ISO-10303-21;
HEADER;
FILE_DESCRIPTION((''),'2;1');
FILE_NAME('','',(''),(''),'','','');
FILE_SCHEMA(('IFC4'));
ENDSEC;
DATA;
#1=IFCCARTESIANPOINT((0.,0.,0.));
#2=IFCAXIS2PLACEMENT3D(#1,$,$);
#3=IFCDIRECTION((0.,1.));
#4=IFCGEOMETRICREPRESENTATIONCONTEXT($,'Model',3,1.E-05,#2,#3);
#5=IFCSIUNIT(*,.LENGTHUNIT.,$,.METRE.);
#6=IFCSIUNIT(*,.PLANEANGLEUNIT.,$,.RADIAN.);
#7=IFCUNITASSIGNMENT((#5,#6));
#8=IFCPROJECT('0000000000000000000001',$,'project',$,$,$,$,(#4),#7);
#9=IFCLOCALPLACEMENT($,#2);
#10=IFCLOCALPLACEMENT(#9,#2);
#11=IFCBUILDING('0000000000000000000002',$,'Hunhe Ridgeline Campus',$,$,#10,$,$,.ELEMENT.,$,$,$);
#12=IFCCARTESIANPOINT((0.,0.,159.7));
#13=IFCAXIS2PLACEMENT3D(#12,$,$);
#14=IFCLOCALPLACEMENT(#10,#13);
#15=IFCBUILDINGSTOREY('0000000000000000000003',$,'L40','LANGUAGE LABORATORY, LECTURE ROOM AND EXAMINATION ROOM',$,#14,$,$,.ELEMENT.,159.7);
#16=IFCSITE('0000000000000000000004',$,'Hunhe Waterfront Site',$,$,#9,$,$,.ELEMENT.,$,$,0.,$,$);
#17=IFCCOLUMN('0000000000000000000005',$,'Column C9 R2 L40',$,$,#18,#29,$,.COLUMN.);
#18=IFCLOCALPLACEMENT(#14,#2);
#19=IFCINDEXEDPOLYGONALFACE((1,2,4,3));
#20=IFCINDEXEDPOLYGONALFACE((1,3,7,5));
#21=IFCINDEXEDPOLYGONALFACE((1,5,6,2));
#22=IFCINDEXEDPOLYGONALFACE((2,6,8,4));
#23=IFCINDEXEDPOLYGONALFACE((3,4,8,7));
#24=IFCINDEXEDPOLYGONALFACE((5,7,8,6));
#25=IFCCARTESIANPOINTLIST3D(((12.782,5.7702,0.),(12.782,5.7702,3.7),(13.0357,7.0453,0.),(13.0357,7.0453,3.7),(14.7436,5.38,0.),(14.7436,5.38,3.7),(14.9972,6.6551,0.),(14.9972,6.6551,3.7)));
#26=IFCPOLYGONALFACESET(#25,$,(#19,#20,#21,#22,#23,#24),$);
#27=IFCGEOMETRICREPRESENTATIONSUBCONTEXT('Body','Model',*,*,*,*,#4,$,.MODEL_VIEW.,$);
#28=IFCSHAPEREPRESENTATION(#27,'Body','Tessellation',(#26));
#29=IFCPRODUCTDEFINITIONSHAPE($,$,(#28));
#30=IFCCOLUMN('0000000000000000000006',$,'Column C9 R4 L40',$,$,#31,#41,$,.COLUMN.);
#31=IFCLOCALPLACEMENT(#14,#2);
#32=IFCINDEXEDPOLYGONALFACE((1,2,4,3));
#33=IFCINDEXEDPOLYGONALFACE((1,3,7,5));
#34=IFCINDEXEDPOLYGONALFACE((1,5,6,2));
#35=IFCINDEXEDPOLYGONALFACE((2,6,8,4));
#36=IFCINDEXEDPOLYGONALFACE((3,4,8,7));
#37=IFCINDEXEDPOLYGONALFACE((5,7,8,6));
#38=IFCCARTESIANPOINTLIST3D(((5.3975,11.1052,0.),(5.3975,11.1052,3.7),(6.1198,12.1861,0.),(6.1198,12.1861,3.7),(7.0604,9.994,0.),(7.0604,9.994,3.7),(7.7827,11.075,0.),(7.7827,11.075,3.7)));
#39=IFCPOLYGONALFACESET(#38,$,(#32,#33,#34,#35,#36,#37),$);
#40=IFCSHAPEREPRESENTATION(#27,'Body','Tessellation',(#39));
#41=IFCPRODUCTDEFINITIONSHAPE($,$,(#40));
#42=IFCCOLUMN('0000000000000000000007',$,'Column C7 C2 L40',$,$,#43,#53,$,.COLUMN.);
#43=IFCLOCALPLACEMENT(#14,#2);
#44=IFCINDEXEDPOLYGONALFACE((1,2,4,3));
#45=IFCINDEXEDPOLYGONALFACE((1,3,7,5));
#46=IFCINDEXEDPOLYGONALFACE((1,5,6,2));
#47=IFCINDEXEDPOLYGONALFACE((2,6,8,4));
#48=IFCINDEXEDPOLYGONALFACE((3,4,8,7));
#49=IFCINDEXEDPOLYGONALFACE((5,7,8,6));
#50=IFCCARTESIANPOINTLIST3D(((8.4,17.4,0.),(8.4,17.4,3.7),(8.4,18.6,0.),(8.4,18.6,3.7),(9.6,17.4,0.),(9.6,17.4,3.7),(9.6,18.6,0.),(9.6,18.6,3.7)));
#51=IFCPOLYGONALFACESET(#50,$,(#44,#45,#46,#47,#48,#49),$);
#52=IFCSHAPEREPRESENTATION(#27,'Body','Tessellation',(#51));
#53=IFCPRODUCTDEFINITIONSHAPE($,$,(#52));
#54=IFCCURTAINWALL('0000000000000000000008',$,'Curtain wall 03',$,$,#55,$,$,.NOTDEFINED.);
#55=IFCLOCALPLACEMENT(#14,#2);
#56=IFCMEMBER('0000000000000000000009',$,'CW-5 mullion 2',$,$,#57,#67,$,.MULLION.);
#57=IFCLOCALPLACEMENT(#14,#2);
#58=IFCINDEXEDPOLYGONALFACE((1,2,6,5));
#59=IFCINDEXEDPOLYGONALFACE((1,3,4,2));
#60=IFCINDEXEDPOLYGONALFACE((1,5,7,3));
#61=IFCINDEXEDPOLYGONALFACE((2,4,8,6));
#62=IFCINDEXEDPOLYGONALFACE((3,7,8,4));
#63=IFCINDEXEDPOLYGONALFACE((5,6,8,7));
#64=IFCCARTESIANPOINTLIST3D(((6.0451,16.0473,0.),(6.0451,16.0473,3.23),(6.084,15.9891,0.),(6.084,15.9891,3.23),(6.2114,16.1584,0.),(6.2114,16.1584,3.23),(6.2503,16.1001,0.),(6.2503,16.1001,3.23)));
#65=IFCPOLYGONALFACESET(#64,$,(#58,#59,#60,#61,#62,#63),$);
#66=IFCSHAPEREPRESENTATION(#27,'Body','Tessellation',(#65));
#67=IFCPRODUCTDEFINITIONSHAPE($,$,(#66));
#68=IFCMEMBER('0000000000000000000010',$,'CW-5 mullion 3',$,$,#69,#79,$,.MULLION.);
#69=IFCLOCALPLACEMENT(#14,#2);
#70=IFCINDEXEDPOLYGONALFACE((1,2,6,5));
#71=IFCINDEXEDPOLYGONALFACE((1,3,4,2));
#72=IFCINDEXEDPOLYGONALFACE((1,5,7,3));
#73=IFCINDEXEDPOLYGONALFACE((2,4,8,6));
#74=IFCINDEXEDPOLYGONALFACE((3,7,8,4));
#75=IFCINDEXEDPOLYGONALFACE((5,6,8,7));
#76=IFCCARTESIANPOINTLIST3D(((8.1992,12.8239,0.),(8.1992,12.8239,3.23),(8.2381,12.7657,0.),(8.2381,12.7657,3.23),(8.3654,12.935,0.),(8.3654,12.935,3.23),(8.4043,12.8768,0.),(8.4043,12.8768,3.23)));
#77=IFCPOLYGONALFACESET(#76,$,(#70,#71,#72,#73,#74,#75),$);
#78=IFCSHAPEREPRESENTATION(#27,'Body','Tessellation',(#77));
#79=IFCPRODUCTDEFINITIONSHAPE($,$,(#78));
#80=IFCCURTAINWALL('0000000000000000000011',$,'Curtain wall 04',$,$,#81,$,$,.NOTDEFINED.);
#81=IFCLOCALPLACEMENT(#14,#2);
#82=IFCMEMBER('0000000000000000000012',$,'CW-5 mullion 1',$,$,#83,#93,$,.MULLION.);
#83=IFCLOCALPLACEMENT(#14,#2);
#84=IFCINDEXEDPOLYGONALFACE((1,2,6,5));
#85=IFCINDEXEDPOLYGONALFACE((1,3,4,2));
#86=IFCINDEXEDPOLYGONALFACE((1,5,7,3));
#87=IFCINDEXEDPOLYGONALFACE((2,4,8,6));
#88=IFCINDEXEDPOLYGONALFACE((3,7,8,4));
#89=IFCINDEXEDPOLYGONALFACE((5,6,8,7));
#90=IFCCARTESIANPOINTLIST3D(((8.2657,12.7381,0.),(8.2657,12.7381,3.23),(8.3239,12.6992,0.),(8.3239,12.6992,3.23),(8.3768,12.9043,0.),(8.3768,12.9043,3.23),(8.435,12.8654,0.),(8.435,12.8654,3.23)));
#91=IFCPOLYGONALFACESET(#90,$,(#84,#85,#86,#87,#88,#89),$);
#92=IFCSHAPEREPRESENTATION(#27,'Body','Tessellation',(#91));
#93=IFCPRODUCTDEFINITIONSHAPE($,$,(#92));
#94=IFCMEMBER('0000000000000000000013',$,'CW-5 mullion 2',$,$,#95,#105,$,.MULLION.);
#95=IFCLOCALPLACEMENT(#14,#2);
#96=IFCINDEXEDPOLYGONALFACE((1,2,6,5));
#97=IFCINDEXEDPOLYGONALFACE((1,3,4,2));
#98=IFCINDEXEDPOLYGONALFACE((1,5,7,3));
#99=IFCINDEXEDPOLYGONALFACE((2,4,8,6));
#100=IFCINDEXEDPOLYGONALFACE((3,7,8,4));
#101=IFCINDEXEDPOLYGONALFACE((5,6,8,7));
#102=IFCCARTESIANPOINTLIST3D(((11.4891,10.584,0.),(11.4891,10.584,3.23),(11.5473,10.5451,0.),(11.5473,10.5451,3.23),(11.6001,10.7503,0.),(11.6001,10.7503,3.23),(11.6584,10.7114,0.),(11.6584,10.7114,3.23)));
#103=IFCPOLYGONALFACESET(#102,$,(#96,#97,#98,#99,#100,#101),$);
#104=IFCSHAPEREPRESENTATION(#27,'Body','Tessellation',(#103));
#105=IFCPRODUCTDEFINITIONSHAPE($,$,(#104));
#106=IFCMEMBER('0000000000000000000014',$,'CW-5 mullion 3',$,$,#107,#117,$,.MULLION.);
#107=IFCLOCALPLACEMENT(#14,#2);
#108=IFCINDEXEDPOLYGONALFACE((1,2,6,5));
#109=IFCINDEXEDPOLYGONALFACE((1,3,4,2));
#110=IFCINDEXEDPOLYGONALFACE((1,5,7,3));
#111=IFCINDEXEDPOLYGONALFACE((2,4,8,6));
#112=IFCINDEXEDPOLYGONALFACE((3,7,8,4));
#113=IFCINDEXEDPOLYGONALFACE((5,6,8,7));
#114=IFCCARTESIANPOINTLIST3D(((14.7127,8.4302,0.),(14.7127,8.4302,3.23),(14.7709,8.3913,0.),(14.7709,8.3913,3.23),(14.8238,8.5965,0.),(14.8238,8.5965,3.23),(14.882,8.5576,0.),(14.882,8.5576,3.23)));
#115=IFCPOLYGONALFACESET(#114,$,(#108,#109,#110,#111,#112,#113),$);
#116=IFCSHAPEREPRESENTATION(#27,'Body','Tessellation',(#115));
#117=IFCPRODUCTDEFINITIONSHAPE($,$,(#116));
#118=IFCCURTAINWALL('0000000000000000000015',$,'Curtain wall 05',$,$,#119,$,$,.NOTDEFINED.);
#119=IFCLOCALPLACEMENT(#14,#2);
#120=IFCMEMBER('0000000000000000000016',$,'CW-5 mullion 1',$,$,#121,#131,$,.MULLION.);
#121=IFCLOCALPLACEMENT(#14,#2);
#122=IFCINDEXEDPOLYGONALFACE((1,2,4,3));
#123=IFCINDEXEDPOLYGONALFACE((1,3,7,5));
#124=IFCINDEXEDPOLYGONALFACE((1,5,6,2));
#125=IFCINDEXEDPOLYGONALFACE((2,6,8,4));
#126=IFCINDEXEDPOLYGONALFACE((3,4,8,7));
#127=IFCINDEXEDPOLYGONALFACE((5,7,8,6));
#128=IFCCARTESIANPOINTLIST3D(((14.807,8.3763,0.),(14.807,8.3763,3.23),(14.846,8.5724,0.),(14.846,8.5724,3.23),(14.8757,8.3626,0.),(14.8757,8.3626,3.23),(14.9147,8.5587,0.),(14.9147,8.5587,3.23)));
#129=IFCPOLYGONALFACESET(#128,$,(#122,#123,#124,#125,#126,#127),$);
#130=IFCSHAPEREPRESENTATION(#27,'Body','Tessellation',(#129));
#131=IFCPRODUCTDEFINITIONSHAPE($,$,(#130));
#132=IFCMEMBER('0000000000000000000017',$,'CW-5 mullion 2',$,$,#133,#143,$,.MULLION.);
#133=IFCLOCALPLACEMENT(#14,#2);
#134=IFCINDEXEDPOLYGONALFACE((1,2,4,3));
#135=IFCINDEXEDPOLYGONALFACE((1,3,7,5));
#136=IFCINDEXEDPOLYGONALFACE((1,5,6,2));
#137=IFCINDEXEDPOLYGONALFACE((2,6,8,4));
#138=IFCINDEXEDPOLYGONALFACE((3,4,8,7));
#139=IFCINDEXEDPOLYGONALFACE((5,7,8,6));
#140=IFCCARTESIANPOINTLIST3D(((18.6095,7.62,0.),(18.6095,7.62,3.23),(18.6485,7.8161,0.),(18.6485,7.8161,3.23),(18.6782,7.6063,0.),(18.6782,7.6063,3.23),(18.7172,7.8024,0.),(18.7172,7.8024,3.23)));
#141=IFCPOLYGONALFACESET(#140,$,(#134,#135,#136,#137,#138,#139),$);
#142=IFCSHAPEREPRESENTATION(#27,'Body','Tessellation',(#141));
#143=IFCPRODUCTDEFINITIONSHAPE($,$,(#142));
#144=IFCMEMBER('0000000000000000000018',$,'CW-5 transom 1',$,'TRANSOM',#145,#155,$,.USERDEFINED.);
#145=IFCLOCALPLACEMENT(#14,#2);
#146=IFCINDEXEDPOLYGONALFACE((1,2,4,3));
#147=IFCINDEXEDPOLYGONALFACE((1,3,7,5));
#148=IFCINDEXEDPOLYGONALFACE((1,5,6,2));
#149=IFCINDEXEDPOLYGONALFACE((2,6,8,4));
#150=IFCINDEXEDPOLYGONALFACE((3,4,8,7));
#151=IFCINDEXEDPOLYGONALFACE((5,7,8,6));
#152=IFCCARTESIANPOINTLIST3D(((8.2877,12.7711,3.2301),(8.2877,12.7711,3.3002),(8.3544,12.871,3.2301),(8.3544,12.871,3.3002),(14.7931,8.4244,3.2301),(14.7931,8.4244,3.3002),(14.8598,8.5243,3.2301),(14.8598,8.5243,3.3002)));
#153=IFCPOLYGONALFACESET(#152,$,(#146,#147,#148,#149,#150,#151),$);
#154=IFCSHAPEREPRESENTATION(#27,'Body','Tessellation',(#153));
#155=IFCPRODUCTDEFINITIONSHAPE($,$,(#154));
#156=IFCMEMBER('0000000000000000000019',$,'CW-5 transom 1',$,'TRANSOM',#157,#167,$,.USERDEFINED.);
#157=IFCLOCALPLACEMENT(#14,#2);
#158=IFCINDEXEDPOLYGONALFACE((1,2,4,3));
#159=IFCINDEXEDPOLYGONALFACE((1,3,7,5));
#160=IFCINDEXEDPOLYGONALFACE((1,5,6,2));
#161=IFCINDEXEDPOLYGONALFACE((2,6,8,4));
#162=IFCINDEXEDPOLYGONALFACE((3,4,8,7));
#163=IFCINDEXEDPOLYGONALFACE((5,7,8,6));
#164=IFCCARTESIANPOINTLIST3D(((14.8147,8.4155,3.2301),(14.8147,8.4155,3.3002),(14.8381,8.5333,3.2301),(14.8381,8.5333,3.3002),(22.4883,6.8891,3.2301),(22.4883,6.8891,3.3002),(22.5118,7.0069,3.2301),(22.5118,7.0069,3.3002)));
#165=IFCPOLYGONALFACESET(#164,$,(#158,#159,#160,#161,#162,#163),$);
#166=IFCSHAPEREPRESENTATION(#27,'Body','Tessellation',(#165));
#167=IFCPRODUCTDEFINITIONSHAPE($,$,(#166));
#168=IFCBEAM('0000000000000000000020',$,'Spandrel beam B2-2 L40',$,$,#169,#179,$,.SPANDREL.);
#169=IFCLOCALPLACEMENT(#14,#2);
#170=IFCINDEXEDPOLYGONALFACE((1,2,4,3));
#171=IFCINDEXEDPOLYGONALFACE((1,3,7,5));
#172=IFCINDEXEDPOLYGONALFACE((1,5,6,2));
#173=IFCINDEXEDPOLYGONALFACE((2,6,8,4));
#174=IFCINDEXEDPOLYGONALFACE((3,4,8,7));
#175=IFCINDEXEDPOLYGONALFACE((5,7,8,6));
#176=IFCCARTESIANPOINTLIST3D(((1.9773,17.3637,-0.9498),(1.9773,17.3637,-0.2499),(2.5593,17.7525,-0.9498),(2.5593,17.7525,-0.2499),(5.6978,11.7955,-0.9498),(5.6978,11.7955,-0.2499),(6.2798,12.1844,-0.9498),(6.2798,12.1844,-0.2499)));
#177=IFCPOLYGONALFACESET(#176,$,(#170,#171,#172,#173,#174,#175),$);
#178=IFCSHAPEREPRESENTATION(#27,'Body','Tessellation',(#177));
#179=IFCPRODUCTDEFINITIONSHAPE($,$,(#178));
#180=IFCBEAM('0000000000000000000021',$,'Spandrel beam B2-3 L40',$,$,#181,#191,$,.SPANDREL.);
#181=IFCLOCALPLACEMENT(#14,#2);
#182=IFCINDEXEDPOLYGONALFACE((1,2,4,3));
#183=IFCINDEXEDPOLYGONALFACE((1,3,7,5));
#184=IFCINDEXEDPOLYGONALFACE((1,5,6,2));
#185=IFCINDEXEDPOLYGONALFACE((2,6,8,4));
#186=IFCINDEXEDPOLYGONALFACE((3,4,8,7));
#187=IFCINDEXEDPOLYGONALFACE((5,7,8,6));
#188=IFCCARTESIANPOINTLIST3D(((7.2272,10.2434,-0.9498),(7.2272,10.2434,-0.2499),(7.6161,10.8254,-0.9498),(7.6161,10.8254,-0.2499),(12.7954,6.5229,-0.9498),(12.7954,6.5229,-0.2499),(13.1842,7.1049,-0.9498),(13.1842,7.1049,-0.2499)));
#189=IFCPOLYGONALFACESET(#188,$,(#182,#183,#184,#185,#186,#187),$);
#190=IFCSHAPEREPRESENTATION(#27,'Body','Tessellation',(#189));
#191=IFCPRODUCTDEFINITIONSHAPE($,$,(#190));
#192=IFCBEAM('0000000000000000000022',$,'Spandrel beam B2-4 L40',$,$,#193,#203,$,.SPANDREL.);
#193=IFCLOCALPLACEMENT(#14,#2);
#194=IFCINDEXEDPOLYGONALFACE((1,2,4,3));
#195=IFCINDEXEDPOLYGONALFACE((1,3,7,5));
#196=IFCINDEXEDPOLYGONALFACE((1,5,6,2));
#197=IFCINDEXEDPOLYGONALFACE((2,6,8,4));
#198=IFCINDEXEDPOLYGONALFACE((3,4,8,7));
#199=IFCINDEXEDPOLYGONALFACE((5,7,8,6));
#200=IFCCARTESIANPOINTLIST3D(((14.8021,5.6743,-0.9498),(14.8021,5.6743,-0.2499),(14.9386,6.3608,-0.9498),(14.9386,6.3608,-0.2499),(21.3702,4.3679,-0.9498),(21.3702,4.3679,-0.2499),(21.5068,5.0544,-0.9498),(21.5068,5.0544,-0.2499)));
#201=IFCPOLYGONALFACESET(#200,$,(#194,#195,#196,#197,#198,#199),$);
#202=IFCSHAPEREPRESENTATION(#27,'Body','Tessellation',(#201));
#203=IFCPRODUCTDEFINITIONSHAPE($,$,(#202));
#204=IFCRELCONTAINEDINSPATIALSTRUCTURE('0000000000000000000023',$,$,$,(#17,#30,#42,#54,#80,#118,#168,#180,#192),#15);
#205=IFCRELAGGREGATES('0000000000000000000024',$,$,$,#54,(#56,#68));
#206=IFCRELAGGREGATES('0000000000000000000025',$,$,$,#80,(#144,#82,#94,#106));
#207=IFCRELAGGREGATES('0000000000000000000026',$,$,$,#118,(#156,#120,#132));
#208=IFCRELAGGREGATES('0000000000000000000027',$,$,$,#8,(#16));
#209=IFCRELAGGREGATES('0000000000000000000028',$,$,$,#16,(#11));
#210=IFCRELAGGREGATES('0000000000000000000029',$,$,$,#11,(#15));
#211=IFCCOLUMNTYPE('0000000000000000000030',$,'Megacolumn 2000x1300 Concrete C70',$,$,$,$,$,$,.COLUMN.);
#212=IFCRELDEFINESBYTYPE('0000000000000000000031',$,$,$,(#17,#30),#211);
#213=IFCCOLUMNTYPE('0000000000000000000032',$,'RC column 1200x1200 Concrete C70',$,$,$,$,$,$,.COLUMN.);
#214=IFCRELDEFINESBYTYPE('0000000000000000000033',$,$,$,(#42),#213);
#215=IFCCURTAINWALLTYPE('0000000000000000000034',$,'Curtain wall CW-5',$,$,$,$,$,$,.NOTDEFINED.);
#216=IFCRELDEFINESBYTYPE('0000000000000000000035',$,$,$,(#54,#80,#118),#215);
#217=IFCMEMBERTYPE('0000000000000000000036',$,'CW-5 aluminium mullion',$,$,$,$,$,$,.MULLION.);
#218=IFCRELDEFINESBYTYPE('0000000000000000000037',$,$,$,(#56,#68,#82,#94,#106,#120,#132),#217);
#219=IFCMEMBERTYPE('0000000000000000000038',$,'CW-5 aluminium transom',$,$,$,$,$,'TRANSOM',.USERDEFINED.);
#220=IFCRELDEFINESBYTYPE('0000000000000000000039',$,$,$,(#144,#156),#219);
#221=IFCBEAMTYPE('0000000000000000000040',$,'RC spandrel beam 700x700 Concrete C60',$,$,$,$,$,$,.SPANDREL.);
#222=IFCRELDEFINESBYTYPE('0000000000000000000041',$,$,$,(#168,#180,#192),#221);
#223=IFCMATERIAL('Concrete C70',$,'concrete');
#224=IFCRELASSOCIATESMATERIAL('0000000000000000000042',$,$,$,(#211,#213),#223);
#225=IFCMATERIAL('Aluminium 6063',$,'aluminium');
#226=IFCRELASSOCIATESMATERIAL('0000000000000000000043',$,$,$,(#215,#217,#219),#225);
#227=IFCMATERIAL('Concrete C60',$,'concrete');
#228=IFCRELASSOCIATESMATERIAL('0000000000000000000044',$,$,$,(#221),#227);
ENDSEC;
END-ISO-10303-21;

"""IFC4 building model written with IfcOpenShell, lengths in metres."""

from ifc_helpers import new_model, si_unit, direction, frame, origin, origin_2d, place, context, subcontext, project, spatial, rectangle, extrude, material, material_profile, profile_set, type_object, element, aggregate, save


model = new_model("IFC4")

# Units and contexts
model_context = context("Model", 3, precision=1e-05, world=origin(), true_north=direction((0.0, 1.0)))
body_context = subcontext(model_context, "Body", "Model", "MODEL_VIEW")
ifc_project = project(units=[si_unit("LENGTHUNIT", "METRE"), si_unit("PLANEANGLEUNIT", "RADIAN")], contexts=[model_context])

# Site, building, storey
site_placement = place(None, origin())
site = spatial("IfcSite", under=ifc_project, at=site_placement, Name="Hunhe Waterfront Site", CompositionType="ELEMENT", RefElevation=0.0)
building_placement = place(site_placement, origin())
building = spatial("IfcBuilding", under=site, at=building_placement, Name="Hunhe Ridgeline Campus", CompositionType="ELEMENT")
storey_placement = place(building_placement, frame((0.0, 0.0, 159.7)))
storey = spatial("IfcBuildingStorey", under=building, at=storey_placement, Name="L40", Description="LANGUAGE LABORATORY, LECTURE ROOM AND EXAMINATION ROOM", CompositionType="ELEMENT", Elevation=159.7)

# Columns
ifc_material_1 = material(Name="Concrete C70", Category="concrete")
ifc_material_profile_1 = material_profile(ifc_material_1, rectangle(XDim=2.0, YDim=1.3, at=origin_2d()))
ifc_profile_set_1 = profile_set([ifc_material_profile_1], Name="Concrete C70")
column_type_1 = type_object("IfcColumnType", Name="Megacolumn 2000x1300 Concrete C70", PredefinedType="COLUMN", material=ifc_profile_set_1)
for number, where, z_axis, x_axis, name in (
    (1, (13.8896, 6.2126, 0.0), (0.0, 0.0, 1.0), (-0.980785, 0.19509, 0.0), "Column C9 R2 L40"),
    (2, (6.5901, 11.0901, 0.0), (0.0, 0.0, 1.0), (-0.83147, 0.55557, 0.0), "Column C9 R4 L40"),
):
    element("IfcColumn", number, at=place(storey_placement, frame(where, z_axis=z_axis, x_axis=x_axis)), inside=storey, type_object=column_type_1, Name=name, PredefinedType="COLUMN", context=body_context, shape_type="SweptSolid", body=[
        extrude(rectangle(XDim=2.0, YDim=1.3, at=origin_2d()), origin(), (0.0, 0.0, 1.0), 3.7),
    ])
ifc_material_profile_2 = material_profile(ifc_material_1, rectangle(XDim=1.2, YDim=1.2, at=origin_2d()))
ifc_profile_set_2 = profile_set([ifc_material_profile_2], Name="Concrete C70")
column_type_2 = type_object("IfcColumnType", Name="RC column 1200x1200 Concrete C70", PredefinedType="COLUMN", material=ifc_profile_set_2)
column_placement = place(storey_placement, frame((9.0, 18.0, 0.0), z_axis=(0.0, 0.0, 1.0), x_axis=(1.0, 0.0, 0.0)))
element("IfcColumn", 3, at=column_placement, inside=storey, type_object=column_type_2, Name="Column C7 C2 L40", PredefinedType="COLUMN", context=body_context, shape_type="SweptSolid", body=[
    extrude(rectangle(XDim=1.2, YDim=1.2, at=origin_2d()), origin(), (0.0, 0.0, 1.0), 3.7),
])

# Curtain walls, members
ifc_material_2 = material(Name="Aluminium 6063", Category="aluminium")
curtain_wall_type = type_object("IfcCurtainWallType", Name="Curtain wall CW-5", PredefinedType="NOTDEFINED", material=ifc_material_2)
curtain_wall_1_placement = place(storey_placement, origin())
curtain_wall_1 = element("IfcCurtainWall", 4, at=curtain_wall_1_placement, inside=storey, type_object=curtain_wall_type, Name="Curtain wall 03", PredefinedType="NOTDEFINED")
ifc_material_profile_3 = material_profile(ifc_material_2, rectangle(XDim=0.2, YDim=0.0701, at=origin_2d()))
ifc_profile_set_3 = profile_set([ifc_material_profile_3], Name="Aluminium 6063")
member_type_1 = type_object("IfcMemberType", Name="CW-5 aluminium mullion", PredefinedType="MULLION", material=ifc_profile_set_3)
member_1_placement = place(storey_placement, frame((6.1477, 16.0737, 0.0), z_axis=(0.0, 0.0, 1.0), x_axis=(0.83147, 0.55557, 0.0)))
member_1 = element("IfcMember", 5, at=member_1_placement, type_object=member_type_1, Name="CW-5 mullion 2", PredefinedType="MULLION", context=body_context, shape_type="SweptSolid", body=[
    extrude(rectangle(XDim=0.2, YDim=0.0701, at=origin_2d()), origin(), (0.0, 0.0, 1.0), 3.23),
])
member_2_placement = place(storey_placement, frame((8.3018, 12.8503, 0.0), z_axis=(0.0, 0.0, 1.0), x_axis=(0.83147, 0.55557, 0.0)))
member_2 = element("IfcMember", 6, at=member_2_placement, type_object=member_type_1, Name="CW-5 mullion 3", PredefinedType="MULLION", context=body_context, shape_type="SweptSolid", body=[
    extrude(rectangle(XDim=0.2, YDim=0.0701, at=origin_2d()), origin(), (0.0, 0.0, 1.0), 3.23),
])
curtain_wall_2_placement = place(storey_placement, origin())
curtain_wall_2 = element("IfcCurtainWall", 7, at=curtain_wall_2_placement, inside=storey, type_object=curtain_wall_type, Name="Curtain wall 04", PredefinedType="NOTDEFINED")
member_3_placement = place(storey_placement, frame((8.3503, 12.8018, 0.0), z_axis=(0.0, 0.0, 1.0), x_axis=(0.55557, 0.83147, 0.0)))
member_3 = element("IfcMember", 8, at=member_3_placement, type_object=member_type_1, Name="CW-5 mullion 1", PredefinedType="MULLION", context=body_context, shape_type="SweptSolid", body=[
    extrude(rectangle(XDim=0.2, YDim=0.0701, at=origin_2d()), origin(), (0.0, 0.0, 1.0), 3.23),
])
member_4_placement = place(storey_placement, frame((11.5737, 10.6477, 0.0), z_axis=(0.0, 0.0, 1.0), x_axis=(0.55557, 0.83147, 0.0)))
member_4 = element("IfcMember", 9, at=member_4_placement, type_object=member_type_1, Name="CW-5 mullion 2", PredefinedType="MULLION", context=body_context, shape_type="SweptSolid", body=[
    extrude(rectangle(XDim=0.2, YDim=0.0701, at=origin_2d()), origin(), (0.0, 0.0, 1.0), 3.23),
])
member_5_placement = place(storey_placement, frame((14.7974, 8.4939, 0.0), z_axis=(0.0, 0.0, 1.0), x_axis=(0.55557, 0.83147, 0.0)))
member_5 = element("IfcMember", 10, at=member_5_placement, type_object=member_type_1, Name="CW-5 mullion 3", PredefinedType="MULLION", context=body_context, shape_type="SweptSolid", body=[
    extrude(rectangle(XDim=0.2, YDim=0.0701, at=origin_2d()), origin(), (0.0, 0.0, 1.0), 3.23),
])
curtain_wall_3_placement = place(storey_placement, origin())
curtain_wall_3 = element("IfcCurtainWall", 11, at=curtain_wall_3_placement, inside=storey, type_object=curtain_wall_type, Name="Curtain wall 05", PredefinedType="NOTDEFINED")
member_6_placement = place(storey_placement, frame((14.8608, 8.4675, 0.0), z_axis=(0.0, 0.0, 1.0), x_axis=(0.19509, 0.980785, 0.0)))
member_6 = element("IfcMember", 12, at=member_6_placement, type_object=member_type_1, Name="CW-5 mullion 1", PredefinedType="MULLION", context=body_context, shape_type="SweptSolid", body=[
    extrude(rectangle(XDim=0.2, YDim=0.0701, at=origin_2d()), origin(), (0.0, 0.0, 1.0), 3.23),
])
member_7_placement = place(storey_placement, frame((18.6633, 7.7112, 0.0), z_axis=(0.0, 0.0, 1.0), x_axis=(0.19509, 0.980785, 0.0)))
member_7 = element("IfcMember", 13, at=member_7_placement, type_object=member_type_1, Name="CW-5 mullion 2", PredefinedType="MULLION", context=body_context, shape_type="SweptSolid", body=[
    extrude(rectangle(XDim=0.2, YDim=0.0701, at=origin_2d()), origin(), (0.0, 0.0, 1.0), 3.23),
])

# Members
ifc_material_profile_4 = material_profile(ifc_material_2, rectangle(XDim=0.1201, YDim=0.0701, at=origin_2d()))
ifc_profile_set_4 = profile_set([ifc_material_profile_4], Name="Aluminium 6063")
member_type_2 = type_object("IfcMemberType", Name="CW-5 aluminium transom", ElementType="TRANSOM", PredefinedType="USERDEFINED", material=ifc_profile_set_4)
member_8_placement = place(storey_placement, frame((8.321, 12.821, 3.2651), z_axis=(0.831474, -0.555564, 0.0), x_axis=(0.555564, 0.831474, 0.0)))
member_8 = element("IfcMember", 14, at=member_8_placement, type_object=member_type_2, Name="CW-5 transom 1", ObjectType="TRANSOM", PredefinedType="USERDEFINED", context=body_context, shape_type="SweptSolid", body=[
    extrude(rectangle(XDim=0.1201, YDim=0.0701, at=origin_2d()), origin(), (0.0, 0.0, 1.0), 7.824),
])
member_9_placement = place(storey_placement, frame((14.8264, 8.4744, 3.2651), z_axis=(0.980785, -0.19509, 0.0), x_axis=(0.19509, 0.980785, 0.0)))
member_9 = element("IfcMember", 15, at=member_9_placement, type_object=member_type_2, Name="CW-5 transom 1", ObjectType="TRANSOM", PredefinedType="USERDEFINED", context=body_context, shape_type="SweptSolid", body=[
    extrude(rectangle(XDim=0.1201, YDim=0.0701, at=origin_2d()), origin(), (0.0, 0.0, 1.0), 7.824),
])

# Beams
ifc_material_3 = material(Name="Concrete C60", Category="concrete")
ifc_material_profile_5 = material_profile(ifc_material_3, rectangle(XDim=0.7, YDim=0.7, at=origin_2d()))
ifc_profile_set_5 = profile_set([ifc_material_profile_5], Name="Concrete C60")
beam_type = type_object("IfcBeamType", Name="RC spandrel beam 700x700 Concrete C60", PredefinedType="SPANDREL", material=ifc_profile_set_5)
for number, where, z_axis, x_axis, name in (
    (16, (2.2683, 17.5581, -0.5999), (0.555566, -0.831472, 0.0), (0.831472, 0.555566, 0.0), "Spandrel beam B2-2 L40"),
    (17, (7.4216, 10.5344, -0.5999), (0.831472, -0.555566, 0.0), (0.555566, 0.831472, 0.0), "Spandrel beam B2-3 L40"),
    (18, (14.8704, 6.0176, -0.5999), (0.980788, -0.195078, 0.0), (0.195078, 0.980788, 0.0), "Spandrel beam B2-4 L40"),
):
    element("IfcBeam", number, at=place(storey_placement, frame(where, z_axis=z_axis, x_axis=x_axis)), inside=storey, type_object=beam_type, Name=name, PredefinedType="SPANDREL", context=body_context, shape_type="SweptSolid", body=[
        extrude(rectangle(XDim=0.7, YDim=0.7, at=origin_2d()), origin(), (0.0, 0.0, 1.0), 6.6968),
    ])

aggregate(curtain_wall_1, [member_1, member_2])
aggregate(curtain_wall_2, [member_8, member_3, member_4, member_5])
aggregate(curtain_wall_3, [member_9, member_6, member_7])

save(model, "model.ifc")
